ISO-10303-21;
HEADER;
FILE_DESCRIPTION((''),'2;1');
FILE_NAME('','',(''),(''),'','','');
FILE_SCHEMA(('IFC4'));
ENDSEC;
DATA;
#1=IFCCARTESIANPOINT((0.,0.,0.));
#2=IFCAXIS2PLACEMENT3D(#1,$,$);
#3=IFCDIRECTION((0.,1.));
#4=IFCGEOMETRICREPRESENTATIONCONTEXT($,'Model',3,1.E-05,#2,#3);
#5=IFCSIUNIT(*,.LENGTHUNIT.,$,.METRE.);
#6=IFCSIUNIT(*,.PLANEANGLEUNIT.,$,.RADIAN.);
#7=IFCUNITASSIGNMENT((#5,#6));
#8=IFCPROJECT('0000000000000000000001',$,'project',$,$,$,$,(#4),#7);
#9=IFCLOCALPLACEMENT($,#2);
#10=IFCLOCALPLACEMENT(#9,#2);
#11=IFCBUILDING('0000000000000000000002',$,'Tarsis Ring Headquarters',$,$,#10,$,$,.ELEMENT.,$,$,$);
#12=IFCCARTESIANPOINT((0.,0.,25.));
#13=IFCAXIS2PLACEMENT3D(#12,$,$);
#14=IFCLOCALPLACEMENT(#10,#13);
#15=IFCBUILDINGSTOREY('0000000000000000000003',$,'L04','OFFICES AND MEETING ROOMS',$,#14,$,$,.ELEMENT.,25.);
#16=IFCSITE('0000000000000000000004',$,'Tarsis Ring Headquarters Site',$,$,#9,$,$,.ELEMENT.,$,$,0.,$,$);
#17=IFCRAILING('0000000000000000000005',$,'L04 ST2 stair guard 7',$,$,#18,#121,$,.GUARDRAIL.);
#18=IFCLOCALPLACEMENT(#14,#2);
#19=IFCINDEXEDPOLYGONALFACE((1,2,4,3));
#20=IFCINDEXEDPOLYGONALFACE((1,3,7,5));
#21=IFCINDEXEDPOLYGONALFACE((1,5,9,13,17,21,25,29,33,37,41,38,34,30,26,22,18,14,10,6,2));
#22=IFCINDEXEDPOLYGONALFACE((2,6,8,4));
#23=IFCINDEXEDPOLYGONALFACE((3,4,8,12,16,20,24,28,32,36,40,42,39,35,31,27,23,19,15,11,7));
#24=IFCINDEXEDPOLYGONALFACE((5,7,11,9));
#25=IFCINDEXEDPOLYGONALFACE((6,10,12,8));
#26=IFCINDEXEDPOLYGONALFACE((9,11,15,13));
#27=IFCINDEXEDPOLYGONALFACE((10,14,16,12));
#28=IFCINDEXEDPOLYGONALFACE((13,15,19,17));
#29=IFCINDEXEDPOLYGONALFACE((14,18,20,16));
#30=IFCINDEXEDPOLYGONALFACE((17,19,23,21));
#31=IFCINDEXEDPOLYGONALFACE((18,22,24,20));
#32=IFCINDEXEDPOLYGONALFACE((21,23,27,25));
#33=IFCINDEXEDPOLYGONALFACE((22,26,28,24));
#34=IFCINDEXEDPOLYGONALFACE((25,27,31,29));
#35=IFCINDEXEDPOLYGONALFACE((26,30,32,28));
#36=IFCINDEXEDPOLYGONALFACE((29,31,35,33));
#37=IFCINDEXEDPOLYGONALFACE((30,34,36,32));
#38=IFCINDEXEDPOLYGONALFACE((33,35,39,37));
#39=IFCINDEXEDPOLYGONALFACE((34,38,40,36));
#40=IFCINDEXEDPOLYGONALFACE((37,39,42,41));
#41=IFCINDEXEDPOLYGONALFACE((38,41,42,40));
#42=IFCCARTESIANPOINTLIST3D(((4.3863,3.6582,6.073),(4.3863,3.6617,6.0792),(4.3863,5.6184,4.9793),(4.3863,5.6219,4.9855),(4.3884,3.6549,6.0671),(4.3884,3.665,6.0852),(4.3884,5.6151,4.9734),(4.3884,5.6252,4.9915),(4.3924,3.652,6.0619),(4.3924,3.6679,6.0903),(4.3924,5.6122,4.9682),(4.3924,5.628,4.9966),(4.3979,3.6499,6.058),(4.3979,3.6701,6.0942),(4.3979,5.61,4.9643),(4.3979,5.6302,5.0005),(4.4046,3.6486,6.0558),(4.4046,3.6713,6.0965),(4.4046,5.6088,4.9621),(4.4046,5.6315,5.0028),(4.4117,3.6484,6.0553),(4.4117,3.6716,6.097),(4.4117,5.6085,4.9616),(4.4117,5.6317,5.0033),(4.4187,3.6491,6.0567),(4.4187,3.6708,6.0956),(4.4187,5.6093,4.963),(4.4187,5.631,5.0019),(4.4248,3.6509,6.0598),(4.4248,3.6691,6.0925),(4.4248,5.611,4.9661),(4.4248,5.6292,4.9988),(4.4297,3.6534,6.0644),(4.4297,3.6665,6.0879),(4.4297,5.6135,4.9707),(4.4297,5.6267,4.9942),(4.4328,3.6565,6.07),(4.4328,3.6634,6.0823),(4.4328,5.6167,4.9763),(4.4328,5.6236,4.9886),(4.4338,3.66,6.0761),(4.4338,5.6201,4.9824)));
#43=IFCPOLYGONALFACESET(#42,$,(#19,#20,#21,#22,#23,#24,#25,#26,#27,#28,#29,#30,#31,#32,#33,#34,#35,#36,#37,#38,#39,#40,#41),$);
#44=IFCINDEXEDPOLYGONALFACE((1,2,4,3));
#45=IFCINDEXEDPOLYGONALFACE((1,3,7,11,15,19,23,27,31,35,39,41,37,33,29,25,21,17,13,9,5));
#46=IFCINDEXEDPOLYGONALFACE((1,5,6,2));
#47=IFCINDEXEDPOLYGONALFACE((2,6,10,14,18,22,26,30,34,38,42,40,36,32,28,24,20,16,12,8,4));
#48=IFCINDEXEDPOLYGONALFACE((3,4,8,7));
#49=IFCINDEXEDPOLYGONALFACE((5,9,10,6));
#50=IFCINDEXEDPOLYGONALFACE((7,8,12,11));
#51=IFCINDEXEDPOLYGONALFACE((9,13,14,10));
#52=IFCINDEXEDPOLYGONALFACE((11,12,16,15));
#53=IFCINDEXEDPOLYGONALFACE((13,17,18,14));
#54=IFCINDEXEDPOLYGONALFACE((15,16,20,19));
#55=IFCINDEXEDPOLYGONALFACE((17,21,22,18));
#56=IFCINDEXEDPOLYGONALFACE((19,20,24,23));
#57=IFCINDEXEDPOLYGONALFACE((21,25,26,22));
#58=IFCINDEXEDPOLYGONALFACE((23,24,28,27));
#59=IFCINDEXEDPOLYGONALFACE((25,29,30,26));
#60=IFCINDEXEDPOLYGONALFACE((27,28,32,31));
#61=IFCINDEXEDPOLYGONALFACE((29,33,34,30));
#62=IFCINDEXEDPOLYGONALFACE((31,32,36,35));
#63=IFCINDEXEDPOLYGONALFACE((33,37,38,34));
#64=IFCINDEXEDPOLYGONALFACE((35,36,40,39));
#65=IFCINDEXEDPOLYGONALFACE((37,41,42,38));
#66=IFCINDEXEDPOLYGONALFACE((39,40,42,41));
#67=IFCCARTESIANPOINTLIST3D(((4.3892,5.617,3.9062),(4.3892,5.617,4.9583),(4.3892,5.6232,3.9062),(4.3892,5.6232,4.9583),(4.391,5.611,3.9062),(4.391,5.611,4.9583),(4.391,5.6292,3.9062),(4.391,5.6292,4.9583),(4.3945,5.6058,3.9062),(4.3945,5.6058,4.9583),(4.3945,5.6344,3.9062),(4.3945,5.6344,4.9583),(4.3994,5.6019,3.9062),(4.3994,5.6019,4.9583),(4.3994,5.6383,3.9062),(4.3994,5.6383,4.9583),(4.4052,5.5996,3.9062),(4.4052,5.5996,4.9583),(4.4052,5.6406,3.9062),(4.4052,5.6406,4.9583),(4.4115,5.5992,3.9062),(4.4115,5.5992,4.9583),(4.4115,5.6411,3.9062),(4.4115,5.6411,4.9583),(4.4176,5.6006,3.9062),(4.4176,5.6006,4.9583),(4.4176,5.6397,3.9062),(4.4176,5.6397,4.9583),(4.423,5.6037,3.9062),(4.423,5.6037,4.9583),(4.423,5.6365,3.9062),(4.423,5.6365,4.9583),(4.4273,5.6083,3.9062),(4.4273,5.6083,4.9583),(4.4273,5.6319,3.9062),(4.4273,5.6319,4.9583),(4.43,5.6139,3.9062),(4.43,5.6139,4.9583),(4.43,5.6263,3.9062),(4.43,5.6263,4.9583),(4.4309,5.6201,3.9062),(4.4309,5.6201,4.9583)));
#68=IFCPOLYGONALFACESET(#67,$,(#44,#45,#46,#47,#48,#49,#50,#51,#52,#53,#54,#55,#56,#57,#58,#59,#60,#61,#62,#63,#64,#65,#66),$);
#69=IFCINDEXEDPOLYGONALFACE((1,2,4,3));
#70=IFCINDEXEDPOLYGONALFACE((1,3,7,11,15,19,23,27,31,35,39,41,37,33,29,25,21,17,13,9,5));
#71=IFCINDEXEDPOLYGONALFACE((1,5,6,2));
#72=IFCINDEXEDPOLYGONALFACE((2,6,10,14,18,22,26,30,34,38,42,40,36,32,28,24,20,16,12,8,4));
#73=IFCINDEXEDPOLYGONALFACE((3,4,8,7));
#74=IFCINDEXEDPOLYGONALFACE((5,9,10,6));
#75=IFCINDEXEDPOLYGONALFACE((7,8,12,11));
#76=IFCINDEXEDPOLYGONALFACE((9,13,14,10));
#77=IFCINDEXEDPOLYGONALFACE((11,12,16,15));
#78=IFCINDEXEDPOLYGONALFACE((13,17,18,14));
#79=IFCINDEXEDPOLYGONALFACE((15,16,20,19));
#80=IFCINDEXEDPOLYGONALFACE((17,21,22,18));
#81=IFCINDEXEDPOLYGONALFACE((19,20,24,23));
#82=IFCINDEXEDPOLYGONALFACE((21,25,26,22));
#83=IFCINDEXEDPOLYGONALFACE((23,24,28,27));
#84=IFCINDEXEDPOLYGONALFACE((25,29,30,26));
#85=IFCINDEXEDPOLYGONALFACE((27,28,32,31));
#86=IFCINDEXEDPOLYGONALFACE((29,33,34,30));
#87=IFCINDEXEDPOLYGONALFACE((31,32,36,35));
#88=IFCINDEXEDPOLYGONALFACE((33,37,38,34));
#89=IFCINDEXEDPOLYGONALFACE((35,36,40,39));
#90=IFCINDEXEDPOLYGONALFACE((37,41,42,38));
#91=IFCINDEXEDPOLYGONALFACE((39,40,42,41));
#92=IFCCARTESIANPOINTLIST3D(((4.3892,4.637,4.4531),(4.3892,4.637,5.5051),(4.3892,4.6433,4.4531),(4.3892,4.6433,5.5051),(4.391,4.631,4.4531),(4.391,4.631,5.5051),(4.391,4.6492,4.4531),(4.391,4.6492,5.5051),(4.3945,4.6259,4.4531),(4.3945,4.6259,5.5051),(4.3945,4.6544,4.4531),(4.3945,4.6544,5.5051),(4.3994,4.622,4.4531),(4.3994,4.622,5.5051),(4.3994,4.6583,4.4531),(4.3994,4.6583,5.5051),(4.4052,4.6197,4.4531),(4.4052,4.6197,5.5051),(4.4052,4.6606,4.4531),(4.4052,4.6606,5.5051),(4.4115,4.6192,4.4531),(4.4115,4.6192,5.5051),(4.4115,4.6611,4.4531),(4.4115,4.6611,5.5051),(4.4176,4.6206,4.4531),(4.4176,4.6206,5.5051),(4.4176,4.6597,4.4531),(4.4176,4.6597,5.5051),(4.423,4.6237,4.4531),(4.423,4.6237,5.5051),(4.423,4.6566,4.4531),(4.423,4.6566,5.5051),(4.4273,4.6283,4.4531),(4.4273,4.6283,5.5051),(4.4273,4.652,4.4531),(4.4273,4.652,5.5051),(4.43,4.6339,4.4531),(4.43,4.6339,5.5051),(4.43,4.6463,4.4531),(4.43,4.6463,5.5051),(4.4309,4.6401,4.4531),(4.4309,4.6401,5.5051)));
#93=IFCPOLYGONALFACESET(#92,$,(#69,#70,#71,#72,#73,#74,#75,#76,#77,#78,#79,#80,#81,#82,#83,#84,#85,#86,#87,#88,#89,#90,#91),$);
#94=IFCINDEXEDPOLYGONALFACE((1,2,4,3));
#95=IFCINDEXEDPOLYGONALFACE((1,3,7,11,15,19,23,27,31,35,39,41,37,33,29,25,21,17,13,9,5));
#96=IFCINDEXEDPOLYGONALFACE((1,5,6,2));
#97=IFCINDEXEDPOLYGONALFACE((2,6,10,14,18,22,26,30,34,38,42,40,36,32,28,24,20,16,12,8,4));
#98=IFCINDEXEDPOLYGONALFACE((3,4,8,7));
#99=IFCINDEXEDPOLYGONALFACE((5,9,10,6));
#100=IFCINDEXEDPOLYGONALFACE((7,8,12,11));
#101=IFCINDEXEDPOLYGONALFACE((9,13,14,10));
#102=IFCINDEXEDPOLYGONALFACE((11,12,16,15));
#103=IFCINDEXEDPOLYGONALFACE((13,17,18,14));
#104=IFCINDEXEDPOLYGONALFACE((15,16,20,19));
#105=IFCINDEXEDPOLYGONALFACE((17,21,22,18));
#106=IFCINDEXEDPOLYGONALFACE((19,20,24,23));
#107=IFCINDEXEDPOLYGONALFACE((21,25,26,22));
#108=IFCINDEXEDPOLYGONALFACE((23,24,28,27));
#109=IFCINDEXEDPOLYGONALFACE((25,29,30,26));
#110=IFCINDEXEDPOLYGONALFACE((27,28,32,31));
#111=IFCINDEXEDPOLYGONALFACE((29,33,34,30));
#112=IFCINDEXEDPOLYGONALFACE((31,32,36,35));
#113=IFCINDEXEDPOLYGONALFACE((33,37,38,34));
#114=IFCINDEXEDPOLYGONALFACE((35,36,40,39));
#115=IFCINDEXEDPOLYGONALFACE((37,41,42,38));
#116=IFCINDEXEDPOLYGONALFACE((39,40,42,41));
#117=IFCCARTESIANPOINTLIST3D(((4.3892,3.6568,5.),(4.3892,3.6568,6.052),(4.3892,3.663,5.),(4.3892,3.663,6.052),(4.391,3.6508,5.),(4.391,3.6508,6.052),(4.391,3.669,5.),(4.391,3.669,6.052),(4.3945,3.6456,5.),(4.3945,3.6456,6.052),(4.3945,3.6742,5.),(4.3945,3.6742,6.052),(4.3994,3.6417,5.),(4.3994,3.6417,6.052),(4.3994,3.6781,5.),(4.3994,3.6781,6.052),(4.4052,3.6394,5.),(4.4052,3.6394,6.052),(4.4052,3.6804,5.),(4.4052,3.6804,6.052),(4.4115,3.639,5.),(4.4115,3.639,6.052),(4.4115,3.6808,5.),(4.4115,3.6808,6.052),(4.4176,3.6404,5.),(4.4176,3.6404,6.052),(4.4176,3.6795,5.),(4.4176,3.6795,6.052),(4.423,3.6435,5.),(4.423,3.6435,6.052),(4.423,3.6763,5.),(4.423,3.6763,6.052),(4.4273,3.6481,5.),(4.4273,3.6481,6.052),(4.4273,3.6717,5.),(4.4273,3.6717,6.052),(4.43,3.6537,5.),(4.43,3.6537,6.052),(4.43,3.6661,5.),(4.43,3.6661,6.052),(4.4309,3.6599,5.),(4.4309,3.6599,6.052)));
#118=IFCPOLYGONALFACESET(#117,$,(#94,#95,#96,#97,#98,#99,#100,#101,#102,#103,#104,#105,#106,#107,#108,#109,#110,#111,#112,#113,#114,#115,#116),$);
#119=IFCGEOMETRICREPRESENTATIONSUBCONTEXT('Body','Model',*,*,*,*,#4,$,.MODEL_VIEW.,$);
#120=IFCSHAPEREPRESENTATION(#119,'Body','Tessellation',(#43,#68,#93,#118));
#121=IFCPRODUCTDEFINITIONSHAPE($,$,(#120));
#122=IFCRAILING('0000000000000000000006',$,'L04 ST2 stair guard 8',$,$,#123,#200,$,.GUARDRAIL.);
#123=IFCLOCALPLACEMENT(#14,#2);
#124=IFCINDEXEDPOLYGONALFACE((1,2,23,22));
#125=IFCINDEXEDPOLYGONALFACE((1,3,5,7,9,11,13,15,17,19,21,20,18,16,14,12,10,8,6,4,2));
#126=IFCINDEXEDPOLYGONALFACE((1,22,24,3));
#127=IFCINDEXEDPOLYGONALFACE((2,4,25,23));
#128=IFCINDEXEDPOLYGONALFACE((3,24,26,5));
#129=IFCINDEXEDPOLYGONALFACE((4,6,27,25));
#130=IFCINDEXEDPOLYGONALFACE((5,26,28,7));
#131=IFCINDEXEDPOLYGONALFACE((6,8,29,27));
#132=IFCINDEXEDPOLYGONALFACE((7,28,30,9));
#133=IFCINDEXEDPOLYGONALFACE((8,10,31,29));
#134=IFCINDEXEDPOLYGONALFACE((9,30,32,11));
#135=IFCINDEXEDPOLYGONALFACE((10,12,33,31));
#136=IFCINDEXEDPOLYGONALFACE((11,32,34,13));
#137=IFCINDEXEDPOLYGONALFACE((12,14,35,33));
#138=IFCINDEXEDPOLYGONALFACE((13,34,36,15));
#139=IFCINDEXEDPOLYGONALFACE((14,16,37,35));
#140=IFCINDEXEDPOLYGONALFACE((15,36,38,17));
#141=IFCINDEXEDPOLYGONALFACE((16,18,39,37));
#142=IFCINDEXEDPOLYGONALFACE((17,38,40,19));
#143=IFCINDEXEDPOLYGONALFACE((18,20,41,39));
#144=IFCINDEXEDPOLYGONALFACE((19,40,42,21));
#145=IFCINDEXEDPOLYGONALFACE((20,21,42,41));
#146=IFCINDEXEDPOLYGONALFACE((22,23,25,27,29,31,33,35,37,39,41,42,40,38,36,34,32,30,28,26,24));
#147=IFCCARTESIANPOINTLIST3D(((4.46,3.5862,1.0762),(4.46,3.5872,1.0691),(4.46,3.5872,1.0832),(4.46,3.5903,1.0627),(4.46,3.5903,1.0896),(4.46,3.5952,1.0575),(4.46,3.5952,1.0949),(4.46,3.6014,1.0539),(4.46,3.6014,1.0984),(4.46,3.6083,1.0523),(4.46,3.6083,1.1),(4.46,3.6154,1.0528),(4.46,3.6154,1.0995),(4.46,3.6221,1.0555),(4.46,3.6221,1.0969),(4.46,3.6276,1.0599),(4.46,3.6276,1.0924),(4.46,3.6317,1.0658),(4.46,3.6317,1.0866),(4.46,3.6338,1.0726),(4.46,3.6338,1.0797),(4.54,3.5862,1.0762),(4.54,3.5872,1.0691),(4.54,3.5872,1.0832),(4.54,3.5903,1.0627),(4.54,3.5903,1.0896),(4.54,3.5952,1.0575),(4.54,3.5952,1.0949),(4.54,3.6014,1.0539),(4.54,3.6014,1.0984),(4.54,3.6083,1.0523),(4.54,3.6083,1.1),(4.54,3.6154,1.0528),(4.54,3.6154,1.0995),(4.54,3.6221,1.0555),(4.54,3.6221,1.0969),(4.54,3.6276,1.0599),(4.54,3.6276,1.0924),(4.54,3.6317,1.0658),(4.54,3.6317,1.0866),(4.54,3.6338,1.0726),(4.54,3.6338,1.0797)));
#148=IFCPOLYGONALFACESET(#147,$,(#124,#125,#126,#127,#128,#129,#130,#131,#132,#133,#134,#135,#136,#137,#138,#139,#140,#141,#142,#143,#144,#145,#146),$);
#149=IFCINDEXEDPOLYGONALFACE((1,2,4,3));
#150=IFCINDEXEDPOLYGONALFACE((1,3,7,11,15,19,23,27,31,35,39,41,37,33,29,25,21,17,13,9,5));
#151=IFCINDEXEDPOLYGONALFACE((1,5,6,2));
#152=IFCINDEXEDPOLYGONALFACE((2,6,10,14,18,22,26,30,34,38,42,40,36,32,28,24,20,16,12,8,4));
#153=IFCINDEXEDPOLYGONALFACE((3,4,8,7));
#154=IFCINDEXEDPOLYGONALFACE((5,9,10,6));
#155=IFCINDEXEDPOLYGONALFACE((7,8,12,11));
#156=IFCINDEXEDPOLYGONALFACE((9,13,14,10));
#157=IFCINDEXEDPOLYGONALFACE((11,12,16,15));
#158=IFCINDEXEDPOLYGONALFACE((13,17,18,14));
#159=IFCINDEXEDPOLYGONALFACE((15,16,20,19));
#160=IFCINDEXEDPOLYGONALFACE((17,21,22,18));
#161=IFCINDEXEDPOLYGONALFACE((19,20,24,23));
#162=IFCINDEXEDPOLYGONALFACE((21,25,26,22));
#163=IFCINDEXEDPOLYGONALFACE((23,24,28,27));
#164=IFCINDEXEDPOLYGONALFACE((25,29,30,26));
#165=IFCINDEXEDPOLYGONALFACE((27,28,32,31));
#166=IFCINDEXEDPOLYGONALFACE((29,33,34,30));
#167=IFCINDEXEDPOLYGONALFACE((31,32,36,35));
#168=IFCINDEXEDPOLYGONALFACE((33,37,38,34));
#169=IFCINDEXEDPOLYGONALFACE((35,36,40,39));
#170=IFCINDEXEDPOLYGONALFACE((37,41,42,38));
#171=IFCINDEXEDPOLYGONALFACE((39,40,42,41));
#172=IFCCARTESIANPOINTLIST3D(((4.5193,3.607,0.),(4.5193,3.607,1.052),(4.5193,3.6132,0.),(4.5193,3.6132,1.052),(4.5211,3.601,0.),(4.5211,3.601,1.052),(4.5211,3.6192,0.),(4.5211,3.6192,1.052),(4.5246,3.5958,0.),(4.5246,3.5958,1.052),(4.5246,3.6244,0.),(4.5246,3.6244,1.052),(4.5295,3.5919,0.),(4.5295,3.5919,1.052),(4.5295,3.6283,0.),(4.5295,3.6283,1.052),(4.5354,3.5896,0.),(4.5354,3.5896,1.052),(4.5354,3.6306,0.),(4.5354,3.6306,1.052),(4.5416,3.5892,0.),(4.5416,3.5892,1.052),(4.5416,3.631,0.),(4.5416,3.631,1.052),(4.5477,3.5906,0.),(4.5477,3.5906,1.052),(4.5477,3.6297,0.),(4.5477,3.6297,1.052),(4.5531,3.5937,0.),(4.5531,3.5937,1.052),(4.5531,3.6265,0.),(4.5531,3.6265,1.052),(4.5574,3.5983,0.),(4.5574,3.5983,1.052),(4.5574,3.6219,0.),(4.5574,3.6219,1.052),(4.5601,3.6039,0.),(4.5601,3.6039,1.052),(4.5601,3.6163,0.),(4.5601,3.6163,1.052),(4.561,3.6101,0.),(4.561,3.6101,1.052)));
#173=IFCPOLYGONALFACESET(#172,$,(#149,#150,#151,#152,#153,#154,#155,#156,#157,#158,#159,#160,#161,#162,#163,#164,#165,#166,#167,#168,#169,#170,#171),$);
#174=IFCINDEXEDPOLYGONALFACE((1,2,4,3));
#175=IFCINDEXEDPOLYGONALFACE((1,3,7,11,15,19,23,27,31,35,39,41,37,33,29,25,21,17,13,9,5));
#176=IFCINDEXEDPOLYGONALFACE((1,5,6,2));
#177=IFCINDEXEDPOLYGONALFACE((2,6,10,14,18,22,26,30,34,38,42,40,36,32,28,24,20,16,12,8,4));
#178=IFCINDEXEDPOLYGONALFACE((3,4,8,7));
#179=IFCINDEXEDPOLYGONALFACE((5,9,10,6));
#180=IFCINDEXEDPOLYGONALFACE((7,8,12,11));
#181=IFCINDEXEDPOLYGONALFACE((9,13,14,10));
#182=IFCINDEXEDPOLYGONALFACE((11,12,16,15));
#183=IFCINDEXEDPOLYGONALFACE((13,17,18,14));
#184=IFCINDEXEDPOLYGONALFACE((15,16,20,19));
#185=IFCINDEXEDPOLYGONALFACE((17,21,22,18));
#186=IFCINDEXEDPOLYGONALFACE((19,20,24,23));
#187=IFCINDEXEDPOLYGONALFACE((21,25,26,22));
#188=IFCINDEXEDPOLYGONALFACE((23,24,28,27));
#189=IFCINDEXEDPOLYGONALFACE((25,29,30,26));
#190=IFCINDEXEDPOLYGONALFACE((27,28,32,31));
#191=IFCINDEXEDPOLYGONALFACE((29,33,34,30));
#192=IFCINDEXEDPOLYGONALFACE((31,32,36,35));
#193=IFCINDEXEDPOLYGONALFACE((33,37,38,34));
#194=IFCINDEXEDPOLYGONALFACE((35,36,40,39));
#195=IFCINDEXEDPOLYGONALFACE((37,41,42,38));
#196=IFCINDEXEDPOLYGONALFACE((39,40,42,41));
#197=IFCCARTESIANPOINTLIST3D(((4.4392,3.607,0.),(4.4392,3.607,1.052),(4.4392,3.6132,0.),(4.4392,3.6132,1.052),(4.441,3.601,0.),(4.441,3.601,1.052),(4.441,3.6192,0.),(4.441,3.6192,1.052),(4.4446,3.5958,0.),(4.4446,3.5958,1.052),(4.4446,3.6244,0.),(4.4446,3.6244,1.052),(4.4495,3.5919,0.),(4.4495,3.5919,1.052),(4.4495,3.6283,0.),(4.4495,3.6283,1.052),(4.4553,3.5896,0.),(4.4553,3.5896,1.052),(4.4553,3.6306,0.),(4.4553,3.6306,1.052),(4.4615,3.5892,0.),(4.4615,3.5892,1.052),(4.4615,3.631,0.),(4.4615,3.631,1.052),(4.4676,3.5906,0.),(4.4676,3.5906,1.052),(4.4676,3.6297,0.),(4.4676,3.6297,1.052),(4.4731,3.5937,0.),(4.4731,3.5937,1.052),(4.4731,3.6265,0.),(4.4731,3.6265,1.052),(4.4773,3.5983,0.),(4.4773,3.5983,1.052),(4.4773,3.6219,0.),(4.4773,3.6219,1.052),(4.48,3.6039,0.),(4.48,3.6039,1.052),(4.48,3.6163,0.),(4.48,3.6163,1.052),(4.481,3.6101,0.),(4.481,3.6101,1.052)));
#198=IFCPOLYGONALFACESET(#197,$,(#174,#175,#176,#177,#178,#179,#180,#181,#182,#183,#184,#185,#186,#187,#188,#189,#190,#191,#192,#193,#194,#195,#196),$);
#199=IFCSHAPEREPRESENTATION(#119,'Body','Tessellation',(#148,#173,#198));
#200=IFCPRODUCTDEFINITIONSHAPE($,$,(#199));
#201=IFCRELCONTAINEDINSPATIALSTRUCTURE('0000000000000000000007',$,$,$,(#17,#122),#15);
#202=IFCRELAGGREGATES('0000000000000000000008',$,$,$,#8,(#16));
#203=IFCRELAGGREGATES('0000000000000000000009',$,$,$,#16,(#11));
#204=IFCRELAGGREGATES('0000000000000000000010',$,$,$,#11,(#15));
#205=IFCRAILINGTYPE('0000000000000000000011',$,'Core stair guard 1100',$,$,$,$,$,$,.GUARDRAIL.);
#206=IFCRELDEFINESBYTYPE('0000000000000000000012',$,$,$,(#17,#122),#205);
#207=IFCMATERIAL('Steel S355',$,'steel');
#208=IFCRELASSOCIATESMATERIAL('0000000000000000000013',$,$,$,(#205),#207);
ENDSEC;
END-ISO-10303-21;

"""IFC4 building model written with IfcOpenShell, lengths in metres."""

from ifc_helpers import new_model, si_unit, direction, frame, origin, origin_2d, place, context, subcontext, project, spatial, circle, extrude, material, type_object, element, save


model = new_model("IFC4")

# Units and contexts
model_context = context("Model", 3, precision=1e-05, world=origin(), true_north=direction((0.0, 1.0)))
body_context = subcontext(model_context, "Body", "Model", "MODEL_VIEW")
ifc_project = project(units=[si_unit("LENGTHUNIT", "METRE"), si_unit("PLANEANGLEUNIT", "RADIAN")], contexts=[model_context])

# Site, building, storey
site_placement = place(None, origin())
site = spatial("IfcSite", under=ifc_project, at=site_placement, Name="Tarsis Ring Headquarters Site", CompositionType="ELEMENT", RefElevation=0.0)
building_placement = place(site_placement, origin())
building = spatial("IfcBuilding", under=site, at=building_placement, Name="Tarsis Ring Headquarters", CompositionType="ELEMENT")
storey_placement = place(building_placement, frame((0.0, 0.0, 25.0)))
storey = spatial("IfcBuildingStorey", under=building, at=storey_placement, Name="L04", Description="OFFICES AND MEETING ROOMS", CompositionType="ELEMENT", Elevation=25.0)

# Railings
ifc_material_1 = material(Name="Steel S355", Category="steel")
railing_type_1 = type_object("IfcRailingType", Name="Core stair guard 1100", PredefinedType="GUARDRAIL", material=ifc_material_1)
railing_1_placement = place(storey_placement, frame((4.4099, 5.6201, 3.9062)))
element("IfcRailing", 1, at=railing_1_placement, inside=storey, type_object=railing_type_1, Name="L04 ST2 stair guard 7", PredefinedType="GUARDRAIL", context=body_context, shape_type="SweptSolid", body=[
    extrude(circle(Radius=0.0239, at=origin_2d()), frame((0.0, 0.0, 1.0762), z_axis=(0.0, -0.873258, 0.487258), x_axis=(1.0, 0.0, 0.0)), (0.0, 0.0, 1.0), 2.2446),
    extrude(circle(Radius=0.021, at=origin_2d()), origin(), (0.0, 0.0, 1.0), 1.052),
    extrude(circle(Radius=0.021, at=origin_2d()), frame((0.0, -0.98, 0.5469)), (0.0, 0.0, 1.0), 1.052),
    extrude(circle(Radius=0.021, at=origin_2d()), frame((0.0, -1.9602, 1.0938)), (0.0, 0.0, 1.0), 1.052),
])
railing_2_placement = place(storey_placement, frame((4.54, 3.6101, 0.0)))
element("IfcRailing", 2, at=railing_2_placement, inside=storey, type_object=railing_type_1, Name="L04 ST2 stair guard 8", PredefinedType="GUARDRAIL", context=body_context, shape_type="SweptSolid", body=[
    extrude(circle(Radius=0.0239, at=origin_2d()), frame((0.0, 0.0, 1.0762), z_axis=(-1.0, 0.0, 0.0), x_axis=(0.0, -1.0, 0.0)), (0.0, 0.0, 1.0), 0.0801),
    extrude(circle(Radius=0.021, at=origin_2d()), origin(), (0.0, 0.0, 1.0), 1.052),
    extrude(circle(Radius=0.021, at=origin_2d()), frame((-0.0801, 0.0, 0.0)), (0.0, 0.0, 1.0), 1.052),
])

save(model, "model.ifc")
